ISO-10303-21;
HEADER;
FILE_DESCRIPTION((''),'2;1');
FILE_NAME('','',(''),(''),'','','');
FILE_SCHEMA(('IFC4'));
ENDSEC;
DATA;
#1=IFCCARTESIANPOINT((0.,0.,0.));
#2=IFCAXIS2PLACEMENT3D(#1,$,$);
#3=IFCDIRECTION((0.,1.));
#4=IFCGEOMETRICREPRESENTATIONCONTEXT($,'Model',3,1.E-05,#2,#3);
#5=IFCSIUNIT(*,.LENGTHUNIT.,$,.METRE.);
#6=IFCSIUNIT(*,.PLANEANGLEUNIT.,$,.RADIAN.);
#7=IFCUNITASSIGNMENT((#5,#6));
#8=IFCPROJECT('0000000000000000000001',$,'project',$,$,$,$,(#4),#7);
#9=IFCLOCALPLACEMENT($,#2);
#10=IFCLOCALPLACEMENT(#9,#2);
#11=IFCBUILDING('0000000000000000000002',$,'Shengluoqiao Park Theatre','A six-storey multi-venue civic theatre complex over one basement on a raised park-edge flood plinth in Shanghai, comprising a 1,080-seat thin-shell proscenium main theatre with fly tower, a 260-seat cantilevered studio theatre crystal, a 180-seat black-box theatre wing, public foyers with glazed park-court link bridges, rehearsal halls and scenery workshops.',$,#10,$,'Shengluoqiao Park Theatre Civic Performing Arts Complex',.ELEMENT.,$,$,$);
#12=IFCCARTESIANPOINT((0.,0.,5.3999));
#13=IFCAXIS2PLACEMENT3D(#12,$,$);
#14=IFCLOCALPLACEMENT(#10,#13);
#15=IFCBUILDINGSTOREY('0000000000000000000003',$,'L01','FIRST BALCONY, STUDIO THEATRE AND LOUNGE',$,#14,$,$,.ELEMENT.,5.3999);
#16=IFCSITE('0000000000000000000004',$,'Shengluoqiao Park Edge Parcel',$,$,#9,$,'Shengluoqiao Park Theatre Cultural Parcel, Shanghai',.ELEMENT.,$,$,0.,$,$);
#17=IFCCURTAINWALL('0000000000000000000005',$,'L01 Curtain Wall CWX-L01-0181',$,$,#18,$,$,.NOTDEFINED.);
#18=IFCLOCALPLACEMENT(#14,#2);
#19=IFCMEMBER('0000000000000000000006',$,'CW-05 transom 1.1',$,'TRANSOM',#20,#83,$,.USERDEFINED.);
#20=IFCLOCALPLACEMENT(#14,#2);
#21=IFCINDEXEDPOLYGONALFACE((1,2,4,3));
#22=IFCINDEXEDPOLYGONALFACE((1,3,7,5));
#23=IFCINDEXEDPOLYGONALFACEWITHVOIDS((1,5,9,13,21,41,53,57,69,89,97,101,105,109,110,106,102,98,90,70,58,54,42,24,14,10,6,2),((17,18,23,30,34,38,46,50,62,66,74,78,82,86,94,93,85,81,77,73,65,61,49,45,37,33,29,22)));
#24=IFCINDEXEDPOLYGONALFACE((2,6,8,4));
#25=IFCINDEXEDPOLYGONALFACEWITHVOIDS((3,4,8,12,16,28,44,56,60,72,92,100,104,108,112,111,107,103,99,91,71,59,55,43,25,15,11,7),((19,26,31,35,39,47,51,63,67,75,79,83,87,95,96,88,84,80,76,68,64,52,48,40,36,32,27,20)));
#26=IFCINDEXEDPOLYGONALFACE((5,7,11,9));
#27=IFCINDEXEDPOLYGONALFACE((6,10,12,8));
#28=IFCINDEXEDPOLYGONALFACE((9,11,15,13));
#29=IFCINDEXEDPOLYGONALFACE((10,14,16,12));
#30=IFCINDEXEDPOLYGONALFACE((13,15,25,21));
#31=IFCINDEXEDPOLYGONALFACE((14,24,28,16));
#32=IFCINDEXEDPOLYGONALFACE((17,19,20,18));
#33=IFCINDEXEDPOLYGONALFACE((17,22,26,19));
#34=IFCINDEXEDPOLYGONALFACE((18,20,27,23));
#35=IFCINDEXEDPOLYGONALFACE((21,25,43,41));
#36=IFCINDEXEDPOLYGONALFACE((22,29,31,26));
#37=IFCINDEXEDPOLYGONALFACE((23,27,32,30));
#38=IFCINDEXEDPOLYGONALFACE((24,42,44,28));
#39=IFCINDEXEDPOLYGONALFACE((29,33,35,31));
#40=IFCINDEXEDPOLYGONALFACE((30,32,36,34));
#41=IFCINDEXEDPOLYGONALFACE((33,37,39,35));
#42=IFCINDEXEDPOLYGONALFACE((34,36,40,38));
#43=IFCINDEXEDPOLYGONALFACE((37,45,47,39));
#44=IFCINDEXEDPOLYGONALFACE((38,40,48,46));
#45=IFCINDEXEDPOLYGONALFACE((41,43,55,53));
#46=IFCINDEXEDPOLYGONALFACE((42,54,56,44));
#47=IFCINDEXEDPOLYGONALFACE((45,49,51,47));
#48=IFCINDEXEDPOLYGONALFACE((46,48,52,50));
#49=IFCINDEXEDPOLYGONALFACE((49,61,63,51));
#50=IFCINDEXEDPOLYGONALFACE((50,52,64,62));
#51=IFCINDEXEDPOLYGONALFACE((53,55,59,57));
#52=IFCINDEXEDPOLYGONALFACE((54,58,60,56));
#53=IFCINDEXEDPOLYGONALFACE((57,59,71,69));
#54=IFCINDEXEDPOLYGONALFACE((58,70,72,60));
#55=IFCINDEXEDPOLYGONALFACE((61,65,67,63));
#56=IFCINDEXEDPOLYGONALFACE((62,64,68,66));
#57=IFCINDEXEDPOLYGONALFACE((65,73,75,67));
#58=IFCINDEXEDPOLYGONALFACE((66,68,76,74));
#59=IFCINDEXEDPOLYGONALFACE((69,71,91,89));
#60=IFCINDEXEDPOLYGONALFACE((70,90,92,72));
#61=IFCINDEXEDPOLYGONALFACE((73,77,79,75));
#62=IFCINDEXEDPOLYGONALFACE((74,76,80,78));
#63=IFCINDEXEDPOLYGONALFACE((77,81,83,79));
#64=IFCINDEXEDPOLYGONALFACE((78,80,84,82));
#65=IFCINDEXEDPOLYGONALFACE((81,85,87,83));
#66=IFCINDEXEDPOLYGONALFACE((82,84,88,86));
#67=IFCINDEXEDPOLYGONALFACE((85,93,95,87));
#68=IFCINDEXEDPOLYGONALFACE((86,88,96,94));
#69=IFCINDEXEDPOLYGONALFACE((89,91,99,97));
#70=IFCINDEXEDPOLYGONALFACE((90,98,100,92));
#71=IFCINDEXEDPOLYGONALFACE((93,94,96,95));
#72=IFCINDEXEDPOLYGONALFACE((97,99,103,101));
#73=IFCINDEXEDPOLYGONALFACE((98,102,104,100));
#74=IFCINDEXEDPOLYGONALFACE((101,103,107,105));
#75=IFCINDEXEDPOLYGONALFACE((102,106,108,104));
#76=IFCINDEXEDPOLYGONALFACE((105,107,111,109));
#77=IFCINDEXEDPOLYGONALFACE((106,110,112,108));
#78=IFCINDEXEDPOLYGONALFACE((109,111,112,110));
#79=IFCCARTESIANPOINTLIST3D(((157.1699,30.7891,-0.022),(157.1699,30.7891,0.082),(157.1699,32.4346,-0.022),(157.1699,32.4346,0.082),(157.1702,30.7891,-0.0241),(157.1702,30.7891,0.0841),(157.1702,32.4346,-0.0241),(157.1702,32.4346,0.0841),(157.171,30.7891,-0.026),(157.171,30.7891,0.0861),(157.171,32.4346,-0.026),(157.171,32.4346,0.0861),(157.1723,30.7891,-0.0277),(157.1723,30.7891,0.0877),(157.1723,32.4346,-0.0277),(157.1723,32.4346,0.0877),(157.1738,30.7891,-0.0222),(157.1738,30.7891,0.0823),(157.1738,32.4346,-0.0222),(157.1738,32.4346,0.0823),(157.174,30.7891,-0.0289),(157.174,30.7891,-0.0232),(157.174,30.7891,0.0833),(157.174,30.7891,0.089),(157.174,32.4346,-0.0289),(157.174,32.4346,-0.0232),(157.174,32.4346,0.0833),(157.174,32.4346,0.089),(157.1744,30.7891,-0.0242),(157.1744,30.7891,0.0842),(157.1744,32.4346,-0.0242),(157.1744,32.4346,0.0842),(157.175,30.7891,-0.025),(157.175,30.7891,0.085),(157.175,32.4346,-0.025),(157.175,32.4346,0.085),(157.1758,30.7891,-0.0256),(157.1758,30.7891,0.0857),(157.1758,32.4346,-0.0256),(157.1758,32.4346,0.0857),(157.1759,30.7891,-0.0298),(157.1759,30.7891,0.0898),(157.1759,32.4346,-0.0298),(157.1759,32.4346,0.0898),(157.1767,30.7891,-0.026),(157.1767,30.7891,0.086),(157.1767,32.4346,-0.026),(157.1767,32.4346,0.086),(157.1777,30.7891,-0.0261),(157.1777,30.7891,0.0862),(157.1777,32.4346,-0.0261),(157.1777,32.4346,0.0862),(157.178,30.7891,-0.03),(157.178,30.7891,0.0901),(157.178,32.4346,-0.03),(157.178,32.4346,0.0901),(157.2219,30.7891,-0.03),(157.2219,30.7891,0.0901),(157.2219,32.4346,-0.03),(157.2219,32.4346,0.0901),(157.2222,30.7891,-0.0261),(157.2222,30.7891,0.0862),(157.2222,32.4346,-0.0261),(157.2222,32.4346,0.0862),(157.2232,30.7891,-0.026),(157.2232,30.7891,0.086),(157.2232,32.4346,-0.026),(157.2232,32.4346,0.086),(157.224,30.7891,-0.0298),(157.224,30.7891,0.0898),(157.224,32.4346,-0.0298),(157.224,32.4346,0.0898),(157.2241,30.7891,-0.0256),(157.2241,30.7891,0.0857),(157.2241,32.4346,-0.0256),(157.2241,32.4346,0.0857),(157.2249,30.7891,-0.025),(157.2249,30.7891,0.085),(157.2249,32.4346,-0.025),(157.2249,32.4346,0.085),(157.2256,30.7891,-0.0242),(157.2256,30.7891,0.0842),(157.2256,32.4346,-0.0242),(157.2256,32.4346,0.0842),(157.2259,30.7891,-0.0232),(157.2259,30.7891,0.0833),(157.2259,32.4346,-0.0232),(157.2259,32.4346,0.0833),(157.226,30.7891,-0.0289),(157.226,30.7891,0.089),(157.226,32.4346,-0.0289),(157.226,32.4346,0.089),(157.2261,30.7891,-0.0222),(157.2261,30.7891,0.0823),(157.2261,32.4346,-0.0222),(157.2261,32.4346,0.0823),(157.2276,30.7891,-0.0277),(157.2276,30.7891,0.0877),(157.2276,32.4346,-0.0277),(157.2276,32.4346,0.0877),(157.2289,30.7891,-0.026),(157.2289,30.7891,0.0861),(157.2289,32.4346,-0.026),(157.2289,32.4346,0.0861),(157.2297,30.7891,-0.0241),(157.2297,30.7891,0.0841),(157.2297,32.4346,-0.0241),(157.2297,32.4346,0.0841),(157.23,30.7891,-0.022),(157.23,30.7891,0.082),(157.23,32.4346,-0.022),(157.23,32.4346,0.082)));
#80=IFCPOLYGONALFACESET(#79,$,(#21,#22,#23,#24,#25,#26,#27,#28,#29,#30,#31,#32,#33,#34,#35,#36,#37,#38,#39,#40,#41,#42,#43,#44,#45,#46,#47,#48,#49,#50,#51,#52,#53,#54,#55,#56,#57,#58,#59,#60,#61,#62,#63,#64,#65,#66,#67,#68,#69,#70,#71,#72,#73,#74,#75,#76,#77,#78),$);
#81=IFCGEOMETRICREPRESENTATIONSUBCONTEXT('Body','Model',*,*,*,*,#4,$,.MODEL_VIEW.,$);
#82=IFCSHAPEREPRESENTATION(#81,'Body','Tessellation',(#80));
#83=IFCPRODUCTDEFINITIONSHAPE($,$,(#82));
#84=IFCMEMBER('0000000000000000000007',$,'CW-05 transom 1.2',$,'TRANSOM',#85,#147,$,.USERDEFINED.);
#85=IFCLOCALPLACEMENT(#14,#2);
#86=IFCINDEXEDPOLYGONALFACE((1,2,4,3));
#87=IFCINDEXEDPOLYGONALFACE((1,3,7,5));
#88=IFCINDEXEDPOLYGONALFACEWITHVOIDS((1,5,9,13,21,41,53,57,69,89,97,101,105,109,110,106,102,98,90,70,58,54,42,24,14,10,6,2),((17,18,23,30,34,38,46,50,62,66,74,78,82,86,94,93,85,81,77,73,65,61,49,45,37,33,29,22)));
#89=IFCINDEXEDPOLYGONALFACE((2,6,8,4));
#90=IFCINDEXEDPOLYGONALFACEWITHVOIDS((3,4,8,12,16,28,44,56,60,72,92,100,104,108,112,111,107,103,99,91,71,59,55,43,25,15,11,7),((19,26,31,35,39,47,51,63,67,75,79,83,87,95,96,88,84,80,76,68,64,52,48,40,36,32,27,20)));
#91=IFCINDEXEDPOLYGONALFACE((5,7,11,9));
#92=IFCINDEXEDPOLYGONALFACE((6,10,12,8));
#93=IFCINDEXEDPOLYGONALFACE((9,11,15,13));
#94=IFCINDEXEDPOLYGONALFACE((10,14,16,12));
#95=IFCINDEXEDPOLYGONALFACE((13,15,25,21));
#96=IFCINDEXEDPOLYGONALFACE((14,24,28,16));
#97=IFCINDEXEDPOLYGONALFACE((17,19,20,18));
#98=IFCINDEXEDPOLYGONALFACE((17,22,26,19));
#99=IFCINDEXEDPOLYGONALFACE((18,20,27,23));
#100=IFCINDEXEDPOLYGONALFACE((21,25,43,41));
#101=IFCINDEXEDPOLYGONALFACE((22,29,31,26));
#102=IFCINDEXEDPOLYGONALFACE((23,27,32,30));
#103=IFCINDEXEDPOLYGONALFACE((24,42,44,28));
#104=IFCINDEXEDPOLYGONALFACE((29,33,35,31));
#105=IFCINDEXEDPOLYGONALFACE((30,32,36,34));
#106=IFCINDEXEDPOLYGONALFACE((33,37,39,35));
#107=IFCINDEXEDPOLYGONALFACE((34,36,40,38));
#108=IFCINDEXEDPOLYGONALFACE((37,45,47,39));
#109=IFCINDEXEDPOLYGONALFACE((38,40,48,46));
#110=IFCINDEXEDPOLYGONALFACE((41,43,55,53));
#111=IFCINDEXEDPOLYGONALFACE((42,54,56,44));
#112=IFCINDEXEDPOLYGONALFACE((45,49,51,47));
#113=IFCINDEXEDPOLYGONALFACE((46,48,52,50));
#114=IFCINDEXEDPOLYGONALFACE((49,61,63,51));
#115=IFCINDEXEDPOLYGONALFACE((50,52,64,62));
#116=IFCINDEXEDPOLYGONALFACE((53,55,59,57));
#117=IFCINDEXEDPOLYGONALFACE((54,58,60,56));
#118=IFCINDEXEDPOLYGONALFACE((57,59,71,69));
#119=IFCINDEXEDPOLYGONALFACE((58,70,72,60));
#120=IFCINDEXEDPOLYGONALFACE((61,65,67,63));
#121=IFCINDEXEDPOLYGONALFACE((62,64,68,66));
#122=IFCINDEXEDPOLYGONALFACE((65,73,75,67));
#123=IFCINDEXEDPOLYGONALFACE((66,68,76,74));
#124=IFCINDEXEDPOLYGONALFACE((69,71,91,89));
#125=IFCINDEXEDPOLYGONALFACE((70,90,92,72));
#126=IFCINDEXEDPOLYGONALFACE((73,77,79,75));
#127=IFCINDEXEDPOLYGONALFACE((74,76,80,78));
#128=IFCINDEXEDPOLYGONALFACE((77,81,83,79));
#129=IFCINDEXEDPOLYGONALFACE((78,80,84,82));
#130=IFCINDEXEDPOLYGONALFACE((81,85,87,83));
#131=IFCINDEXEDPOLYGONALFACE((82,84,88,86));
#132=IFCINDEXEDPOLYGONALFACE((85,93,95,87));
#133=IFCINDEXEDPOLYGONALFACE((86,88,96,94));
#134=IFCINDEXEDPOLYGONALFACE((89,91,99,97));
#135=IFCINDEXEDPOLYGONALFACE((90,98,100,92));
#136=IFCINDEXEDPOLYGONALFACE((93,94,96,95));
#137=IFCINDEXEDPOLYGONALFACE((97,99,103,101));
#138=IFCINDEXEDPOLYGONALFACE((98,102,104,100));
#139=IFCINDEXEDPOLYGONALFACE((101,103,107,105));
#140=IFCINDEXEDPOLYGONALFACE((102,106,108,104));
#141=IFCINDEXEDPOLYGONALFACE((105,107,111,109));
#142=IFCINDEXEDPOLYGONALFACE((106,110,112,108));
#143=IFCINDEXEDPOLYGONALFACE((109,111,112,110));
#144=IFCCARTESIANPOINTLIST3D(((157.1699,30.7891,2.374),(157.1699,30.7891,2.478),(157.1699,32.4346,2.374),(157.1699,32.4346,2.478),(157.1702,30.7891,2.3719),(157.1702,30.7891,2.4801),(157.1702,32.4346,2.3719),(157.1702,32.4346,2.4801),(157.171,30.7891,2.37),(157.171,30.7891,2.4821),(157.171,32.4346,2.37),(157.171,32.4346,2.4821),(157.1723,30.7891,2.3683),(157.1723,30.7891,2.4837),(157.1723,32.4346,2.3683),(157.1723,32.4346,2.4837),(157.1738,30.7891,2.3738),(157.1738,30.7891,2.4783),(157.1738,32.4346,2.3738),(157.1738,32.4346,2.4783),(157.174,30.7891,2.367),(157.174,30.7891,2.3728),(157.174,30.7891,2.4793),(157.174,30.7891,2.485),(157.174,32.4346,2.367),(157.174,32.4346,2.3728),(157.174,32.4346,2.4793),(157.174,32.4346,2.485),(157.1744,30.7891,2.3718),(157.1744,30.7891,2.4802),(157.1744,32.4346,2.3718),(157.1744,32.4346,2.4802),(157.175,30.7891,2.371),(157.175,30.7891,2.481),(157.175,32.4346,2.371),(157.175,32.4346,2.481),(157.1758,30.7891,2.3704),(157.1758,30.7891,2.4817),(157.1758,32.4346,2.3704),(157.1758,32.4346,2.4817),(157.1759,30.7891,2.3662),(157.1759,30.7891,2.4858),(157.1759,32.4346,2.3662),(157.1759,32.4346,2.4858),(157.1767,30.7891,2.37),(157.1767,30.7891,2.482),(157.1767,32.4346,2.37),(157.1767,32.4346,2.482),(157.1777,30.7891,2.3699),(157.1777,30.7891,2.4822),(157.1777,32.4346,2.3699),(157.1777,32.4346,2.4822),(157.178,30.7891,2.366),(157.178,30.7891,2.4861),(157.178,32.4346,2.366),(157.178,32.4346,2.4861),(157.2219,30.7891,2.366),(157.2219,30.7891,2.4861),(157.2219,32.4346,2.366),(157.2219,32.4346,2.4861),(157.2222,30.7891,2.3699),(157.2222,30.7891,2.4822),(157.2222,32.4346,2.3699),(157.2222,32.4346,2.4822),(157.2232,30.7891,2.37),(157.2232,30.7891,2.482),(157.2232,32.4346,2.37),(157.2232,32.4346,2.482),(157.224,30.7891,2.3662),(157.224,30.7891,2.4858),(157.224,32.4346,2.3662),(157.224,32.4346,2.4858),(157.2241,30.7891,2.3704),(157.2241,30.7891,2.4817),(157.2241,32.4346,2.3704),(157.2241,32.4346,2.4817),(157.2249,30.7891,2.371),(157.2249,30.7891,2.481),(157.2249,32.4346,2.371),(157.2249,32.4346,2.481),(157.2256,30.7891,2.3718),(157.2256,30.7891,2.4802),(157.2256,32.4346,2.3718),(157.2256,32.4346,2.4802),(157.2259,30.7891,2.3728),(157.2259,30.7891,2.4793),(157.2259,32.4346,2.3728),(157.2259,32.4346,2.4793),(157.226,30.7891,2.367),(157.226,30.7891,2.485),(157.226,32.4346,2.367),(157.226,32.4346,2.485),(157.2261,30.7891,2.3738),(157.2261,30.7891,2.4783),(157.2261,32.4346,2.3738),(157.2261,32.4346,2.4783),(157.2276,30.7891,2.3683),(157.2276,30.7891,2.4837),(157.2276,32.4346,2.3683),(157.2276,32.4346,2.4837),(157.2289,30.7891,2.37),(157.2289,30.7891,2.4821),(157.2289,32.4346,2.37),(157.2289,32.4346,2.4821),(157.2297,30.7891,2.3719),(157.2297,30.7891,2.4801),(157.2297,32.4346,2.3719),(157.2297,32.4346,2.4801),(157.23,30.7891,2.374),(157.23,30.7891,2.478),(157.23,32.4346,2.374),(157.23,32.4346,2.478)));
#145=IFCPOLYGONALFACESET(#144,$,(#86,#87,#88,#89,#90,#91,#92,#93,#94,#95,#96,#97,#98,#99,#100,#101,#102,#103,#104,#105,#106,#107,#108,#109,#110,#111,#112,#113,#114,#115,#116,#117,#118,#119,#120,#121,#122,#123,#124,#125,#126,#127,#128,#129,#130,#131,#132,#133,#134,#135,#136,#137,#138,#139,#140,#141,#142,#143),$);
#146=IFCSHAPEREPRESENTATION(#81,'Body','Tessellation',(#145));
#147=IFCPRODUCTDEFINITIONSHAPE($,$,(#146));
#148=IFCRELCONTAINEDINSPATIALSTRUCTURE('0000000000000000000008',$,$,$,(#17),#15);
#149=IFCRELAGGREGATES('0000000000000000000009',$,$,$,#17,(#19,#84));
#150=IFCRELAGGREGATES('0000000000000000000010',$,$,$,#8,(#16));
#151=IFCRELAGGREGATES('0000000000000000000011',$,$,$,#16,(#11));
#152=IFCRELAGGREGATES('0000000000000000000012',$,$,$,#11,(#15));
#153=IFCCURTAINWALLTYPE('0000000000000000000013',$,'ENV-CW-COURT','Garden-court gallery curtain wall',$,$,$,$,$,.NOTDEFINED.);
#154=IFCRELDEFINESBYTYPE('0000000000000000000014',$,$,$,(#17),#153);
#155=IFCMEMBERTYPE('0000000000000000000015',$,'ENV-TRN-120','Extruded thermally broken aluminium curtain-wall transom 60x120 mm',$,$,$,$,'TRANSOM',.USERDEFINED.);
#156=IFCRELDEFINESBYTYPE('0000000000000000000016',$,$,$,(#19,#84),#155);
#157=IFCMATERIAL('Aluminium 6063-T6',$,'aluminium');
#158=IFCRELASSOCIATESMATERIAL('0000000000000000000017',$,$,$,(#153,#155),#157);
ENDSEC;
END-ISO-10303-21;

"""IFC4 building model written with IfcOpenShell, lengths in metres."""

from ifc_helpers import new_model, si_unit, direction, frame, origin, origin_2d, place, context, subcontext, project, spatial, hollow_rectangle, extrude, material, material_profile, profile_set, type_object, element, aggregate, save


model = new_model("IFC4")

# Units and contexts
model_context = context("Model", 3, precision=1e-05, world=origin(), true_north=direction((0.0, 1.0)))
body_context = subcontext(model_context, "Body", "Model", "MODEL_VIEW")
ifc_project = project(units=[si_unit("LENGTHUNIT", "METRE"), si_unit("PLANEANGLEUNIT", "RADIAN")], contexts=[model_context])

# Site, building, storey
site_placement = place(None, origin())
site = spatial("IfcSite", under=ifc_project, at=site_placement, Name="Shengluoqiao Park Edge Parcel", LongName="Shengluoqiao Park Theatre Cultural Parcel, Shanghai", CompositionType="ELEMENT", RefElevation=0.0)
building_placement = place(site_placement, origin())
building = spatial("IfcBuilding", under=site, at=building_placement, Name="Shengluoqiao Park Theatre", Description="A six-storey multi-venue civic theatre complex over one basement on a raised park-edge flood plinth in Shanghai, comprising a 1,080-seat thin-shell proscenium main theatre with fly tower, a 260-seat cantilevered studio theatre crystal, a 180-seat black-box theatre wing, public foyers with glazed park-court link bridges, rehearsal halls and scenery workshops.", LongName="Shengluoqiao Park Theatre Civic Performing Arts Complex", CompositionType="ELEMENT")
storey_placement = place(building_placement, frame((0.0, 0.0, 5.3999)))
storey = spatial("IfcBuildingStorey", under=building, at=storey_placement, Name="L01", Description="FIRST BALCONY, STUDIO THEATRE AND LOUNGE", CompositionType="ELEMENT", Elevation=5.3999)

# Shared definitions
ifc_material_1 = material(Name="Aluminium 6063-T6", Category="aluminium")
curtain_wall_type = type_object("IfcCurtainWallType", Name="ENV-CW-COURT", Description="Garden-court gallery curtain wall", PredefinedType="NOTDEFINED", material=ifc_material_1)

# Curtain wall
curtain_wall_1_placement = place(storey_placement, origin())
curtain_wall_1 = element("IfcCurtainWall", 1, at=curtain_wall_1_placement, inside=storey, type_object=curtain_wall_type, Name="L01 Curtain Wall CWX-L01-0181", PredefinedType="NOTDEFINED")

# Members
ifc_material_profile_1 = material_profile(ifc_material_1, hollow_rectangle(XDim=0.0601, YDim=0.1201, WallThickness=0.0039, InnerFilletRadius=0.0039, OuterFilletRadius=0.0081, at=origin_2d()), Name="ALU TRANSOM 120x60x4")
ifc_profile_set_1 = profile_set([ifc_material_profile_1], Name="Aluminium 6063-T6")
member_type_1 = type_object("IfcMemberType", Name="ENV-TRN-120", Description="Extruded thermally broken aluminium curtain-wall transom 60x120 mm", ElementType="TRANSOM", PredefinedType="USERDEFINED", material=ifc_profile_set_1)
member_1_placement = place(storey_placement, frame((157.2, 30.7891, 0.03), z_axis=(0.0, 1.0, 0.0), x_axis=(-1.0, 0.0, 0.0)))
member_1 = element("IfcMember", 2, at=member_1_placement, type_object=member_type_1, Name="CW-05 transom 1.1", ObjectType="TRANSOM", PredefinedType="USERDEFINED", context=body_context, shape_type="SweptSolid", body=[
    extrude(hollow_rectangle(XDim=0.0601, YDim=0.1201, WallThickness=0.0039, InnerFilletRadius=0.0039, OuterFilletRadius=0.0081, at=origin_2d()), origin(), (0.0, 0.0, 1.0), 1.6455),
])
member_2_placement = place(storey_placement, frame((157.2, 30.7891, 2.426), z_axis=(0.0, 1.0, 0.0), x_axis=(-1.0, 0.0, 0.0)))
member_2 = element("IfcMember", 3, at=member_2_placement, type_object=member_type_1, Name="CW-05 transom 1.2", ObjectType="TRANSOM", PredefinedType="USERDEFINED", context=body_context, shape_type="SweptSolid", body=[
    extrude(hollow_rectangle(XDim=0.0601, YDim=0.1201, WallThickness=0.0039, InnerFilletRadius=0.0039, OuterFilletRadius=0.0081, at=origin_2d()), origin(), (0.0, 0.0, 1.0), 1.6455),
])

aggregate(curtain_wall_1, [member_1, member_2])

save(model, "model.ifc")
